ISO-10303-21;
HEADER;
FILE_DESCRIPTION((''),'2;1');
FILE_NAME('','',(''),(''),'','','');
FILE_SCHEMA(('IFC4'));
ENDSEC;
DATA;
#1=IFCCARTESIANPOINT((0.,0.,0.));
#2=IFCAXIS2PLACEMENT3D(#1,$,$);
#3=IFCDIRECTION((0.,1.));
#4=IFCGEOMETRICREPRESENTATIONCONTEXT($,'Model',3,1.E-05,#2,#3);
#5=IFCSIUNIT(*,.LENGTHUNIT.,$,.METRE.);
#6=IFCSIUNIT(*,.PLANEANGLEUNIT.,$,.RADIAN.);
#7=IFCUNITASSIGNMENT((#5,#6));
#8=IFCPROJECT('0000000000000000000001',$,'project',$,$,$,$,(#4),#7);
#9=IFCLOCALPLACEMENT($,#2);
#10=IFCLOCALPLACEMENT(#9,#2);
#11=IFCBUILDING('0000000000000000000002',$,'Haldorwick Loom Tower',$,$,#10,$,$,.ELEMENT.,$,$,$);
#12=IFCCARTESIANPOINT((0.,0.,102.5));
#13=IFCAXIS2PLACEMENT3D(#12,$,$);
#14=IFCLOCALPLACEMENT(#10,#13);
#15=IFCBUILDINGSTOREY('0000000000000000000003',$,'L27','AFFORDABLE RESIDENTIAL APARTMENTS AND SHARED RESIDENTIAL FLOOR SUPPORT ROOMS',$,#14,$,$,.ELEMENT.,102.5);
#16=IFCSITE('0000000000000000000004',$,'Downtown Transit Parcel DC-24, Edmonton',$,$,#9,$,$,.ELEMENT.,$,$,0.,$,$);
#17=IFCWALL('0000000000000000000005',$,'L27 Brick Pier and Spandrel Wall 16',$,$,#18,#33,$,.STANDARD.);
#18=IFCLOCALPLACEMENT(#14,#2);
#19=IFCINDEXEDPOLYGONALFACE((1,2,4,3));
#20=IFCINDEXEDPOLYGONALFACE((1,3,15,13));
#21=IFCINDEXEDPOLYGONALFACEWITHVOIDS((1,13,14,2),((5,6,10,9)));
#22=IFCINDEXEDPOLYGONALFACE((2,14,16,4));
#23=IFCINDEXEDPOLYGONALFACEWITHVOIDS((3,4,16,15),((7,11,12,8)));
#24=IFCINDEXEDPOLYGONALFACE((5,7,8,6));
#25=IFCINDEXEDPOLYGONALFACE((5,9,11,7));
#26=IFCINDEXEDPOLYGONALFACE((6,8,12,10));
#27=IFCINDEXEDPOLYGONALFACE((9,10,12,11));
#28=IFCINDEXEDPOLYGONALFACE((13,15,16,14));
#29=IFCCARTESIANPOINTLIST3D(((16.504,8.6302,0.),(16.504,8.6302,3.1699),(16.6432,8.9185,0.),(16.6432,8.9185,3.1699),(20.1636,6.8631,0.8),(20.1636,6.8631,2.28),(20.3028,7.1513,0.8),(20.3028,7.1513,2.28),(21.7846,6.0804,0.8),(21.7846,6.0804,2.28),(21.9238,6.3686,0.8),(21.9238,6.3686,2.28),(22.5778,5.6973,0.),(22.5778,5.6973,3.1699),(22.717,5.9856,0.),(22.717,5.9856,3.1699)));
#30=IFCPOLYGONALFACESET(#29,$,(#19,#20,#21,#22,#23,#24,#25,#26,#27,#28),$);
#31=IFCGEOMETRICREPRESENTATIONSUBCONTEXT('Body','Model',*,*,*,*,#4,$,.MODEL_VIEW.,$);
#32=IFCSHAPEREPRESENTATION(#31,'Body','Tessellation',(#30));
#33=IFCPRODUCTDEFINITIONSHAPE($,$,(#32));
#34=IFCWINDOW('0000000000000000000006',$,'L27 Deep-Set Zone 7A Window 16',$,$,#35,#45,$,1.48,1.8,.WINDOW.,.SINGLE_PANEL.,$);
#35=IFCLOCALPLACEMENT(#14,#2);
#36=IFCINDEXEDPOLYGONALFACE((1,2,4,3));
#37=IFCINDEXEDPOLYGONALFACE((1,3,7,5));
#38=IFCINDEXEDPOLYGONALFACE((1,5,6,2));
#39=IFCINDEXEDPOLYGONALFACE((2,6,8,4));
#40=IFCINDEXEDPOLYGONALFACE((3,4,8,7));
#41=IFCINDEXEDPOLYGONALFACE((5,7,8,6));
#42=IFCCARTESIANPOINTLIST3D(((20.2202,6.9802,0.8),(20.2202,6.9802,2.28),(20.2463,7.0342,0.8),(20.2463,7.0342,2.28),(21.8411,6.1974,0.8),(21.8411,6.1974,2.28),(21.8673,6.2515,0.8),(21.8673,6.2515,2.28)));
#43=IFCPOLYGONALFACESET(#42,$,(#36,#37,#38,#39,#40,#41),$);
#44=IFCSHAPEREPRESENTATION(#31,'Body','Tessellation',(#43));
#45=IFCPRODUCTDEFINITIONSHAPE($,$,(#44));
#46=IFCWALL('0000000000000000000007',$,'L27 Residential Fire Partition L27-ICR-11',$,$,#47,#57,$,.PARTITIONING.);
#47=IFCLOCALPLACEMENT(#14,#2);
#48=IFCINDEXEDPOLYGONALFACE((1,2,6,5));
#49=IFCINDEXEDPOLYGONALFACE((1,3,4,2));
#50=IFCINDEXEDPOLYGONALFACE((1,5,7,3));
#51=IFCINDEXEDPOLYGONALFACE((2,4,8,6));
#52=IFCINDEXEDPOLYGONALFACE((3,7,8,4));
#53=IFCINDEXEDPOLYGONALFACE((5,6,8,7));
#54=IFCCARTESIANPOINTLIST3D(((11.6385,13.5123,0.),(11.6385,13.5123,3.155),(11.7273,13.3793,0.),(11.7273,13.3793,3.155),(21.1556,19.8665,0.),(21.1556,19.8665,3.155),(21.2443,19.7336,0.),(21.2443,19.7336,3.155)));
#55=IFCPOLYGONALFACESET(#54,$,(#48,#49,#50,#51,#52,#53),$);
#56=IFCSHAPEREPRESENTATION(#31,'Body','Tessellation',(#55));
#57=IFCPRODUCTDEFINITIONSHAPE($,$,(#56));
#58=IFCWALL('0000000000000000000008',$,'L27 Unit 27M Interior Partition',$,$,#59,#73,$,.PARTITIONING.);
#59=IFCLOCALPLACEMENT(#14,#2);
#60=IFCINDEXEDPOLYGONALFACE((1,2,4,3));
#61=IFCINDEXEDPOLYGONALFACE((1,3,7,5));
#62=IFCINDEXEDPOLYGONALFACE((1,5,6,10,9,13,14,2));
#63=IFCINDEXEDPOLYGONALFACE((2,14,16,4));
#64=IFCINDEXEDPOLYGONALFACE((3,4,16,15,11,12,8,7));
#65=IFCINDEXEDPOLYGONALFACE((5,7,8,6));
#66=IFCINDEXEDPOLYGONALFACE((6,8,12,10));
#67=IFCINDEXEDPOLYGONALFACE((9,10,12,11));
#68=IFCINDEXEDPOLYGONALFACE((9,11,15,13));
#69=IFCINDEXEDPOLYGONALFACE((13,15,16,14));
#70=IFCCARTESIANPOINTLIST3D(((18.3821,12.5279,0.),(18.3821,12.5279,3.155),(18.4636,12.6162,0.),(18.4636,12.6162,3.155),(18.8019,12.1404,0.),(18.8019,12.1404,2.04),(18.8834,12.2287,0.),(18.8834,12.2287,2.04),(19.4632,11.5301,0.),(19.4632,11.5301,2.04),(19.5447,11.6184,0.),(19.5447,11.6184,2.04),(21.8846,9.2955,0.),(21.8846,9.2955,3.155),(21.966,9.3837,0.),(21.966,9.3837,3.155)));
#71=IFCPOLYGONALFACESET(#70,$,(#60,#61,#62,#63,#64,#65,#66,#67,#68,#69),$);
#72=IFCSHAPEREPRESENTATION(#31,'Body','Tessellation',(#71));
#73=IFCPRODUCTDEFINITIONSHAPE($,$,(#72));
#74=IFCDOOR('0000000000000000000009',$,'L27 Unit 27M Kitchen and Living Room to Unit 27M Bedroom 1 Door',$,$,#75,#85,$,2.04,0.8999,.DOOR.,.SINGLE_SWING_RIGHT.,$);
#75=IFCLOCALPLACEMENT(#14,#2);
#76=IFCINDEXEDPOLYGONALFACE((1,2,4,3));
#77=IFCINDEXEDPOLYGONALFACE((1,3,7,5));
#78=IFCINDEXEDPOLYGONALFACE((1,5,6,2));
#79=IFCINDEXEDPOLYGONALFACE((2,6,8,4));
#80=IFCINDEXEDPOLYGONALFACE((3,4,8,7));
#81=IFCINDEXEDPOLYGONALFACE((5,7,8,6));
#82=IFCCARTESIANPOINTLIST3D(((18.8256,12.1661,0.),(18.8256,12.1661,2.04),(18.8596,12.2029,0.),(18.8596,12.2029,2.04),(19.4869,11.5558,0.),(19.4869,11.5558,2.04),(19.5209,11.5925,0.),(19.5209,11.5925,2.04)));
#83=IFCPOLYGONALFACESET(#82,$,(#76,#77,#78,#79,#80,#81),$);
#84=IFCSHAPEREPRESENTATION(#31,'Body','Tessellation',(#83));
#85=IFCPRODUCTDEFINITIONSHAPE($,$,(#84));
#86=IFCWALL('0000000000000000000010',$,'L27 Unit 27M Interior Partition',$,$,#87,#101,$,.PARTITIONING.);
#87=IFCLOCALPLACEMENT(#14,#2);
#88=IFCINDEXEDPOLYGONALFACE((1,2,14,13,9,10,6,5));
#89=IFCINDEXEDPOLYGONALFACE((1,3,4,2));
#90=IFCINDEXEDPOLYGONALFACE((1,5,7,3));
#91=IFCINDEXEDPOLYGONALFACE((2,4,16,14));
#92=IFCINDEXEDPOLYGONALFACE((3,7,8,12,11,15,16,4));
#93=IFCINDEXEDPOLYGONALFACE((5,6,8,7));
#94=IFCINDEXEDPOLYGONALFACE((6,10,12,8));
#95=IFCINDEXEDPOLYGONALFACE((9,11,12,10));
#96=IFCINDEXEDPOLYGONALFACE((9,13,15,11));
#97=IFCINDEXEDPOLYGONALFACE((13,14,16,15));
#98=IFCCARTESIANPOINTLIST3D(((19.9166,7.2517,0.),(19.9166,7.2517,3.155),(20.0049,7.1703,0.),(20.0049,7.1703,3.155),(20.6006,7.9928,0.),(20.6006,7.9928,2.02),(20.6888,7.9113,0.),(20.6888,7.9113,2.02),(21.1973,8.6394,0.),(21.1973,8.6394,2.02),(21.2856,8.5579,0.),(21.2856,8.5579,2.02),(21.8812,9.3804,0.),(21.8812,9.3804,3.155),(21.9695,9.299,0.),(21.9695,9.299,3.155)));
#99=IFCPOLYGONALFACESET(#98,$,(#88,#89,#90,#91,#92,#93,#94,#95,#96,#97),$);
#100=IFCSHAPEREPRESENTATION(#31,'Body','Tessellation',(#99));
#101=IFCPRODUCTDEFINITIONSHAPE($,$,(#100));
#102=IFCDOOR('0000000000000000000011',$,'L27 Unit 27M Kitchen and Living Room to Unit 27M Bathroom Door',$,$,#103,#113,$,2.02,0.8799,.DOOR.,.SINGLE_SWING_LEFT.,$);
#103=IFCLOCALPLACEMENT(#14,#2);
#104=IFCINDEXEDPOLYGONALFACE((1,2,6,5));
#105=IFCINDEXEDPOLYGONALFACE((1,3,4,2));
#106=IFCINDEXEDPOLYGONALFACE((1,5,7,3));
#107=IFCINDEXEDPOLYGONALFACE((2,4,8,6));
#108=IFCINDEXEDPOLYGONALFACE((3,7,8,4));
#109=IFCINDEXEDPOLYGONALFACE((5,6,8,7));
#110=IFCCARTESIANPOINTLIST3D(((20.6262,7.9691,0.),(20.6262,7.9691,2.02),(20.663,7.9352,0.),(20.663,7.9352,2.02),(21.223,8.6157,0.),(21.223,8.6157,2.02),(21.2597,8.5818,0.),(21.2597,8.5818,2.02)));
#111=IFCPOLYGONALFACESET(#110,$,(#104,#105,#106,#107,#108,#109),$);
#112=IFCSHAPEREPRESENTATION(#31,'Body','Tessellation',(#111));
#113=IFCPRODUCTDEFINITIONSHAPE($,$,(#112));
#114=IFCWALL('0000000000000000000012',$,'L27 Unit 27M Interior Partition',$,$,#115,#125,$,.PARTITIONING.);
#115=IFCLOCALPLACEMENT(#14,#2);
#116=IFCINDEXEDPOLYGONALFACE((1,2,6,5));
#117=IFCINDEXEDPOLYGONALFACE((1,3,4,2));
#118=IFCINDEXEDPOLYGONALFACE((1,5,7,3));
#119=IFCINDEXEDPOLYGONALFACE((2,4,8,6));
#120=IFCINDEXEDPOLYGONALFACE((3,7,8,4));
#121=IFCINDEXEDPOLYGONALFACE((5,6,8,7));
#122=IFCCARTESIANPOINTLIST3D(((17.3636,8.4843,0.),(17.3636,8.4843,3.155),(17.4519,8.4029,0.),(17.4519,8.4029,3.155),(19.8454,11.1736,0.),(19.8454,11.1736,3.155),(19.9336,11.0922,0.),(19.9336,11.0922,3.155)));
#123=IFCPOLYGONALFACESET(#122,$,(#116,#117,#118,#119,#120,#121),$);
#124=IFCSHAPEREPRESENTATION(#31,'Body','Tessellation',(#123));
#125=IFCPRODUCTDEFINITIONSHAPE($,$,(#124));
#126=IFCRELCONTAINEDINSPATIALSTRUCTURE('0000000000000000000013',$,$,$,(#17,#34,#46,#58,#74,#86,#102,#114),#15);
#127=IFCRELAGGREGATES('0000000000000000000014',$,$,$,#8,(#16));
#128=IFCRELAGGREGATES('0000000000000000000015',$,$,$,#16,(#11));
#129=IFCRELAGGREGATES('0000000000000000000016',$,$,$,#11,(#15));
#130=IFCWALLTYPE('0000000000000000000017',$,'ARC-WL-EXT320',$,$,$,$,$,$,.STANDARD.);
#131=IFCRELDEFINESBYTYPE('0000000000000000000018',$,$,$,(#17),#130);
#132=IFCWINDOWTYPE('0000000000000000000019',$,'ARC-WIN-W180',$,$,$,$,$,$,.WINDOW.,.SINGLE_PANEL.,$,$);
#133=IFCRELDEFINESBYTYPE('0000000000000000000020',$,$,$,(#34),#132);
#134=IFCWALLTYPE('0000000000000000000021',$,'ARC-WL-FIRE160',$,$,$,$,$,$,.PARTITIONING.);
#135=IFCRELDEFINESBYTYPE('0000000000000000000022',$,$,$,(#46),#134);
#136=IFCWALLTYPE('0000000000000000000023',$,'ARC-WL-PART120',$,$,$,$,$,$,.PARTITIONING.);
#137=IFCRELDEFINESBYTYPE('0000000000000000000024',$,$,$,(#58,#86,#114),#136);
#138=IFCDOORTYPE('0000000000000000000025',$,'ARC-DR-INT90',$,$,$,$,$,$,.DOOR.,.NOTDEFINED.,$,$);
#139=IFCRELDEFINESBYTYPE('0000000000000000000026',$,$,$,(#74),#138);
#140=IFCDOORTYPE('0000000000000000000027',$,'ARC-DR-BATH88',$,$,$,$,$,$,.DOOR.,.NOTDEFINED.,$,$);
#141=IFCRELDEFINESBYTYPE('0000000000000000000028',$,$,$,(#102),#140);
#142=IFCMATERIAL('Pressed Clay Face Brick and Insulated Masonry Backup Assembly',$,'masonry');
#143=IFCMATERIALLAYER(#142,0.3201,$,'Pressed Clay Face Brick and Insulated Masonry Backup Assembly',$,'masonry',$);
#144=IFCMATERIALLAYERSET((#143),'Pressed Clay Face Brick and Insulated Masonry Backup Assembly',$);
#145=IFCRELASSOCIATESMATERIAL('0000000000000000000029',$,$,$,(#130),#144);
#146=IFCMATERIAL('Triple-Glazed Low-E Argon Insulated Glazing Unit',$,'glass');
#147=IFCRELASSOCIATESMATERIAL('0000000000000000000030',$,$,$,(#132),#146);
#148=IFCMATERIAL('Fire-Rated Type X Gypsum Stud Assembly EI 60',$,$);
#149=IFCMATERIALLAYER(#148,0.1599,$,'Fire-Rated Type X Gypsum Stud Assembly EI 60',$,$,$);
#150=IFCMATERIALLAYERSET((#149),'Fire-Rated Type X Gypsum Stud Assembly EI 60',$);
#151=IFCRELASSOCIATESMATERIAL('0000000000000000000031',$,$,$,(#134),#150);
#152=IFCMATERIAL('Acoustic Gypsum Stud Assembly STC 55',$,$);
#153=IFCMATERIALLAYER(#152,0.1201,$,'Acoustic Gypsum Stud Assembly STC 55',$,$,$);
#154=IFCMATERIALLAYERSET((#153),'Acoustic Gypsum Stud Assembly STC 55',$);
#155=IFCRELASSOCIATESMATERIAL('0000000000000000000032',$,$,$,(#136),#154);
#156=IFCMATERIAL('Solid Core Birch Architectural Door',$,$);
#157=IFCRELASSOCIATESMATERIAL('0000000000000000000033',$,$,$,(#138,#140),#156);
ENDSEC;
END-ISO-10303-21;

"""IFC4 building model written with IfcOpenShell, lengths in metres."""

from ifc_helpers import new_model, si_unit, direction, frame, frame_2d, origin, place, context, subcontext, project, spatial, rectangle, extrude, material, layer, layer_set, type_object, element, fill, save


model = new_model("IFC4")

# Units and contexts
model_context = context("Model", 3, precision=1e-05, world=origin(), true_north=direction((0.0, 1.0)))
body_context = subcontext(model_context, "Body", "Model", "MODEL_VIEW")
ifc_project = project(units=[si_unit("LENGTHUNIT", "METRE"), si_unit("PLANEANGLEUNIT", "RADIAN")], contexts=[model_context])

# Site, building, storey
site_placement = place(None, origin())
site = spatial("IfcSite", under=ifc_project, at=site_placement, Name="Downtown Transit Parcel DC-24, Edmonton", CompositionType="ELEMENT", RefElevation=0.0)
building_placement = place(site_placement, origin())
building = spatial("IfcBuilding", under=site, at=building_placement, Name="Haldorwick Loom Tower", CompositionType="ELEMENT")
storey_placement = place(building_placement, frame((0.0, 0.0, 102.5)))
storey = spatial("IfcBuildingStorey", under=building, at=storey_placement, Name="L27", Description="AFFORDABLE RESIDENTIAL APARTMENTS AND SHARED RESIDENTIAL FLOOR SUPPORT ROOMS", CompositionType="ELEMENT", Elevation=102.5)

# Shared definitions
ifc_material_1 = material(Name="Pressed Clay Face Brick and Insulated Masonry Backup Assembly", Category="masonry")
ifc_layer_1 = layer(ifc_material_1, 0.3201, Name="Pressed Clay Face Brick and Insulated Masonry Backup Assembly", Category="masonry")
ifc_layer_set_1 = layer_set([ifc_layer_1], Name="Pressed Clay Face Brick and Insulated Masonry Backup Assembly")
wall_type_1 = type_object("IfcWallType", Name="ARC-WL-EXT320", PredefinedType="STANDARD", material=ifc_layer_set_1)

# Wall, opening, window
wall_1_placement = place(storey_placement, frame((16.5735, 8.7744, 0.0), z_axis=(0.0, 0.0, 1.0), x_axis=(0.90051, -0.434835, 0.0)))
wall_1 = element("IfcWall", 1, at=wall_1_placement, inside=storey, type_object=wall_type_1, Name="L27 Brick Pier and Spandrel Wall 16", PredefinedType="STANDARD", context=body_context, shape_type="SweptSolid", body=[
    extrude(rectangle(XDim=6.7449, YDim=0.3201, at=frame_2d((3.3726, 0.0))), origin(), (0.0, 0.0, 1.0), 3.1699),
])
opening_1_placement = place(wall_1_placement, frame((4.0642, 0.0, 0.8)))
opening_1 = element("IfcOpeningElement", 2, at=opening_1_placement, cuts=wall_1, PredefinedType="OPENING", context=body_context, shape_type="SweptSolid", body=[
    extrude(rectangle(XDim=1.8, YDim=1.48, at=frame_2d((0.8999, 0.74))), frame((0.0, 0.1699, 0.0), z_axis=(0.0, -1.0, 0.0), x_axis=(1.0, 0.0, 0.0)), (0.0, 0.0, 1.0), 0.3401),
])
ifc_material_2 = material(Name="Triple-Glazed Low-E Argon Insulated Glazing Unit", Category="glass")
window_type = type_object("IfcWindowType", Name="ARC-WIN-W180", PartitioningType="SINGLE_PANEL", PredefinedType="WINDOW", material=ifc_material_2)
window_placement = place(opening_1_placement, origin())
window = element("IfcWindow", 3, at=window_placement, inside=storey, type_object=window_type, Name="L27 Deep-Set Zone 7A Window 16", OverallHeight=1.48, OverallWidth=1.8, PartitioningType="SINGLE_PANEL", PredefinedType="WINDOW", context=body_context, shape_type="SweptSolid", body=[
    extrude(rectangle(XDim=1.8, YDim=1.48, at=frame_2d((0.8999, 0.74))), frame((0.0, 0.03, 0.0), z_axis=(0.0, -1.0, 0.0), x_axis=(1.0, 0.0, 0.0)), (0.0, 0.0, 1.0), 0.0601),
])
fill(opening_1, window)

# Wall
ifc_material_3 = material(Name="Fire-Rated Type X Gypsum Stud Assembly EI 60")
ifc_layer_2 = layer(ifc_material_3, 0.1599, Name="Fire-Rated Type X Gypsum Stud Assembly EI 60")
ifc_layer_set_2 = layer_set([ifc_layer_2], Name="Fire-Rated Type X Gypsum Stud Assembly EI 60")
wall_type_2 = type_object("IfcWallType", Name="ARC-WL-FIRE160", PredefinedType="PARTITIONING", material=ifc_layer_set_2)
wall_2_placement = place(storey_placement, frame((21.2, 19.8, 0.0), z_axis=(0.0, 0.0, 1.0), x_axis=(-0.831666, -0.555276, 0.0)))
element("IfcWall", 4, at=wall_2_placement, inside=storey, type_object=wall_type_2, Name="L27 Residential Fire Partition L27-ICR-11", PredefinedType="PARTITIONING", context=body_context, shape_type="SweptSolid", body=[
    extrude(rectangle(XDim=11.4434, YDim=0.1599, at=frame_2d((5.7217, 0.0))), origin(), (0.0, 0.0, 1.0), 3.155),
])

# Walls, openings, doors
ifc_material_4 = material(Name="Acoustic Gypsum Stud Assembly STC 55")
ifc_layer_3 = layer(ifc_material_4, 0.1201, Name="Acoustic Gypsum Stud Assembly STC 55")
ifc_layer_set_3 = layer_set([ifc_layer_3], Name="Acoustic Gypsum Stud Assembly STC 55")
wall_type_3 = type_object("IfcWallType", Name="ARC-WL-PART120", PredefinedType="PARTITIONING", material=ifc_layer_set_3)
wall_3_placement = place(storey_placement, frame((18.4229, 12.572, 0.0), z_axis=(0.0, 0.0, 1.0), x_axis=(0.734866, -0.678212, 0.0)))
wall_3 = element("IfcWall", 5, at=wall_3_placement, inside=storey, type_object=wall_type_3, Name="L27 Unit 27M Interior Partition", PredefinedType="PARTITIONING", context=body_context, shape_type="SweptSolid", body=[
    extrude(rectangle(XDim=4.7661, YDim=0.1201, at=frame_2d((2.3831, 0.0))), origin(), (0.0, 0.0, 1.0), 3.155),
])
opening_2_placement = place(wall_3_placement, frame((0.5713, 0.0, 0.0)))
opening_2 = element("IfcOpeningElement", 6, at=opening_2_placement, cuts=wall_3, PredefinedType="OPENING", context=body_context, shape_type="SweptSolid", body=[
    extrude(rectangle(XDim=0.8999, YDim=2.04, at=frame_2d((0.45, 1.02))), frame((0.0, 0.0701, 0.0), z_axis=(0.0, -1.0, 0.0), x_axis=(1.0, 0.0, 0.0)), (0.0, 0.0, 1.0), 0.1401),
])
ifc_material_5 = material(Name="Solid Core Birch Architectural Door")
door_type_1 = type_object("IfcDoorType", Name="ARC-DR-INT90", OperationType="NOTDEFINED", PredefinedType="DOOR", material=ifc_material_5)
door_1_placement = place(opening_2_placement, origin())
door_1 = element("IfcDoor", 7, at=door_1_placement, inside=storey, type_object=door_type_1, Name="L27 Unit 27M Kitchen and Living Room to Unit 27M Bedroom 1 Door", OperationType="SINGLE_SWING_RIGHT", OverallHeight=2.04, OverallWidth=0.8999, PredefinedType="DOOR", context=body_context, shape_type="SweptSolid", body=[
    extrude(rectangle(XDim=0.8999, YDim=2.04, at=frame_2d((0.45, 1.02))), frame((0.0, 0.0249, 0.0), z_axis=(0.0, -1.0, 0.0), x_axis=(1.0, 0.0, 0.0)), (0.0, 0.0, 1.0), 0.05),
])
fill(opening_2, door_1)
wall_4_placement = place(storey_placement, frame((21.9253, 9.3396, 0.0), z_axis=(0.0, 0.0, 1.0), x_axis=(-0.678221, -0.734858, 0.0)))
wall_4 = element("IfcWall", 8, at=wall_4_placement, inside=storey, type_object=wall_type_3, Name="L27 Unit 27M Interior Partition", PredefinedType="PARTITIONING", context=body_context, shape_type="SweptSolid", body=[
    extrude(rectangle(XDim=2.8967, YDim=0.1201, at=frame_2d((1.4482, 0.0))), origin(), (0.0, 0.0, 1.0), 3.155),
])
opening_3_placement = place(wall_4_placement, frame((1.0083, 0.0, 0.0)))
opening_3 = element("IfcOpeningElement", 9, at=opening_3_placement, cuts=wall_4, PredefinedType="OPENING", context=body_context, shape_type="SweptSolid", body=[
    extrude(rectangle(XDim=0.8799, YDim=2.02, at=frame_2d((0.4399, 1.01))), frame((0.0, 0.0701, 0.0), z_axis=(0.0, -1.0, 0.0), x_axis=(1.0, 0.0, 0.0)), (0.0, 0.0, 1.0), 0.1401),
])
door_type_2 = type_object("IfcDoorType", Name="ARC-DR-BATH88", OperationType="NOTDEFINED", PredefinedType="DOOR", material=ifc_material_5)
door_2_placement = place(opening_3_placement, origin())
door_2 = element("IfcDoor", 10, at=door_2_placement, inside=storey, type_object=door_type_2, Name="L27 Unit 27M Kitchen and Living Room to Unit 27M Bathroom Door", OperationType="SINGLE_SWING_LEFT", OverallHeight=2.02, OverallWidth=0.8799, PredefinedType="DOOR", context=body_context, shape_type="SweptSolid", body=[
    extrude(rectangle(XDim=0.8799, YDim=2.02, at=frame_2d((0.4399, 1.01))), frame((0.0, 0.0249, 0.0), z_axis=(0.0, -1.0, 0.0), x_axis=(1.0, 0.0, 0.0)), (0.0, 0.0, 1.0), 0.05),
])
fill(opening_3, door_2)

# Wall
wall_5_placement = place(storey_placement, frame((19.8894, 11.1328, 0.0), z_axis=(0.0, 0.0, 1.0), x_axis=(-0.678183, -0.734893, 0.0)))
element("IfcWall", 11, at=wall_5_placement, inside=storey, type_object=wall_type_3, Name="L27 Unit 27M Interior Partition", PredefinedType="PARTITIONING", context=body_context, shape_type="SweptSolid", body=[
    extrude(rectangle(XDim=3.6594, YDim=0.1201, at=frame_2d((1.8296, 0.0))), origin(), (0.0, 0.0, 1.0), 3.155),
])

save(model, "model.ifc")
